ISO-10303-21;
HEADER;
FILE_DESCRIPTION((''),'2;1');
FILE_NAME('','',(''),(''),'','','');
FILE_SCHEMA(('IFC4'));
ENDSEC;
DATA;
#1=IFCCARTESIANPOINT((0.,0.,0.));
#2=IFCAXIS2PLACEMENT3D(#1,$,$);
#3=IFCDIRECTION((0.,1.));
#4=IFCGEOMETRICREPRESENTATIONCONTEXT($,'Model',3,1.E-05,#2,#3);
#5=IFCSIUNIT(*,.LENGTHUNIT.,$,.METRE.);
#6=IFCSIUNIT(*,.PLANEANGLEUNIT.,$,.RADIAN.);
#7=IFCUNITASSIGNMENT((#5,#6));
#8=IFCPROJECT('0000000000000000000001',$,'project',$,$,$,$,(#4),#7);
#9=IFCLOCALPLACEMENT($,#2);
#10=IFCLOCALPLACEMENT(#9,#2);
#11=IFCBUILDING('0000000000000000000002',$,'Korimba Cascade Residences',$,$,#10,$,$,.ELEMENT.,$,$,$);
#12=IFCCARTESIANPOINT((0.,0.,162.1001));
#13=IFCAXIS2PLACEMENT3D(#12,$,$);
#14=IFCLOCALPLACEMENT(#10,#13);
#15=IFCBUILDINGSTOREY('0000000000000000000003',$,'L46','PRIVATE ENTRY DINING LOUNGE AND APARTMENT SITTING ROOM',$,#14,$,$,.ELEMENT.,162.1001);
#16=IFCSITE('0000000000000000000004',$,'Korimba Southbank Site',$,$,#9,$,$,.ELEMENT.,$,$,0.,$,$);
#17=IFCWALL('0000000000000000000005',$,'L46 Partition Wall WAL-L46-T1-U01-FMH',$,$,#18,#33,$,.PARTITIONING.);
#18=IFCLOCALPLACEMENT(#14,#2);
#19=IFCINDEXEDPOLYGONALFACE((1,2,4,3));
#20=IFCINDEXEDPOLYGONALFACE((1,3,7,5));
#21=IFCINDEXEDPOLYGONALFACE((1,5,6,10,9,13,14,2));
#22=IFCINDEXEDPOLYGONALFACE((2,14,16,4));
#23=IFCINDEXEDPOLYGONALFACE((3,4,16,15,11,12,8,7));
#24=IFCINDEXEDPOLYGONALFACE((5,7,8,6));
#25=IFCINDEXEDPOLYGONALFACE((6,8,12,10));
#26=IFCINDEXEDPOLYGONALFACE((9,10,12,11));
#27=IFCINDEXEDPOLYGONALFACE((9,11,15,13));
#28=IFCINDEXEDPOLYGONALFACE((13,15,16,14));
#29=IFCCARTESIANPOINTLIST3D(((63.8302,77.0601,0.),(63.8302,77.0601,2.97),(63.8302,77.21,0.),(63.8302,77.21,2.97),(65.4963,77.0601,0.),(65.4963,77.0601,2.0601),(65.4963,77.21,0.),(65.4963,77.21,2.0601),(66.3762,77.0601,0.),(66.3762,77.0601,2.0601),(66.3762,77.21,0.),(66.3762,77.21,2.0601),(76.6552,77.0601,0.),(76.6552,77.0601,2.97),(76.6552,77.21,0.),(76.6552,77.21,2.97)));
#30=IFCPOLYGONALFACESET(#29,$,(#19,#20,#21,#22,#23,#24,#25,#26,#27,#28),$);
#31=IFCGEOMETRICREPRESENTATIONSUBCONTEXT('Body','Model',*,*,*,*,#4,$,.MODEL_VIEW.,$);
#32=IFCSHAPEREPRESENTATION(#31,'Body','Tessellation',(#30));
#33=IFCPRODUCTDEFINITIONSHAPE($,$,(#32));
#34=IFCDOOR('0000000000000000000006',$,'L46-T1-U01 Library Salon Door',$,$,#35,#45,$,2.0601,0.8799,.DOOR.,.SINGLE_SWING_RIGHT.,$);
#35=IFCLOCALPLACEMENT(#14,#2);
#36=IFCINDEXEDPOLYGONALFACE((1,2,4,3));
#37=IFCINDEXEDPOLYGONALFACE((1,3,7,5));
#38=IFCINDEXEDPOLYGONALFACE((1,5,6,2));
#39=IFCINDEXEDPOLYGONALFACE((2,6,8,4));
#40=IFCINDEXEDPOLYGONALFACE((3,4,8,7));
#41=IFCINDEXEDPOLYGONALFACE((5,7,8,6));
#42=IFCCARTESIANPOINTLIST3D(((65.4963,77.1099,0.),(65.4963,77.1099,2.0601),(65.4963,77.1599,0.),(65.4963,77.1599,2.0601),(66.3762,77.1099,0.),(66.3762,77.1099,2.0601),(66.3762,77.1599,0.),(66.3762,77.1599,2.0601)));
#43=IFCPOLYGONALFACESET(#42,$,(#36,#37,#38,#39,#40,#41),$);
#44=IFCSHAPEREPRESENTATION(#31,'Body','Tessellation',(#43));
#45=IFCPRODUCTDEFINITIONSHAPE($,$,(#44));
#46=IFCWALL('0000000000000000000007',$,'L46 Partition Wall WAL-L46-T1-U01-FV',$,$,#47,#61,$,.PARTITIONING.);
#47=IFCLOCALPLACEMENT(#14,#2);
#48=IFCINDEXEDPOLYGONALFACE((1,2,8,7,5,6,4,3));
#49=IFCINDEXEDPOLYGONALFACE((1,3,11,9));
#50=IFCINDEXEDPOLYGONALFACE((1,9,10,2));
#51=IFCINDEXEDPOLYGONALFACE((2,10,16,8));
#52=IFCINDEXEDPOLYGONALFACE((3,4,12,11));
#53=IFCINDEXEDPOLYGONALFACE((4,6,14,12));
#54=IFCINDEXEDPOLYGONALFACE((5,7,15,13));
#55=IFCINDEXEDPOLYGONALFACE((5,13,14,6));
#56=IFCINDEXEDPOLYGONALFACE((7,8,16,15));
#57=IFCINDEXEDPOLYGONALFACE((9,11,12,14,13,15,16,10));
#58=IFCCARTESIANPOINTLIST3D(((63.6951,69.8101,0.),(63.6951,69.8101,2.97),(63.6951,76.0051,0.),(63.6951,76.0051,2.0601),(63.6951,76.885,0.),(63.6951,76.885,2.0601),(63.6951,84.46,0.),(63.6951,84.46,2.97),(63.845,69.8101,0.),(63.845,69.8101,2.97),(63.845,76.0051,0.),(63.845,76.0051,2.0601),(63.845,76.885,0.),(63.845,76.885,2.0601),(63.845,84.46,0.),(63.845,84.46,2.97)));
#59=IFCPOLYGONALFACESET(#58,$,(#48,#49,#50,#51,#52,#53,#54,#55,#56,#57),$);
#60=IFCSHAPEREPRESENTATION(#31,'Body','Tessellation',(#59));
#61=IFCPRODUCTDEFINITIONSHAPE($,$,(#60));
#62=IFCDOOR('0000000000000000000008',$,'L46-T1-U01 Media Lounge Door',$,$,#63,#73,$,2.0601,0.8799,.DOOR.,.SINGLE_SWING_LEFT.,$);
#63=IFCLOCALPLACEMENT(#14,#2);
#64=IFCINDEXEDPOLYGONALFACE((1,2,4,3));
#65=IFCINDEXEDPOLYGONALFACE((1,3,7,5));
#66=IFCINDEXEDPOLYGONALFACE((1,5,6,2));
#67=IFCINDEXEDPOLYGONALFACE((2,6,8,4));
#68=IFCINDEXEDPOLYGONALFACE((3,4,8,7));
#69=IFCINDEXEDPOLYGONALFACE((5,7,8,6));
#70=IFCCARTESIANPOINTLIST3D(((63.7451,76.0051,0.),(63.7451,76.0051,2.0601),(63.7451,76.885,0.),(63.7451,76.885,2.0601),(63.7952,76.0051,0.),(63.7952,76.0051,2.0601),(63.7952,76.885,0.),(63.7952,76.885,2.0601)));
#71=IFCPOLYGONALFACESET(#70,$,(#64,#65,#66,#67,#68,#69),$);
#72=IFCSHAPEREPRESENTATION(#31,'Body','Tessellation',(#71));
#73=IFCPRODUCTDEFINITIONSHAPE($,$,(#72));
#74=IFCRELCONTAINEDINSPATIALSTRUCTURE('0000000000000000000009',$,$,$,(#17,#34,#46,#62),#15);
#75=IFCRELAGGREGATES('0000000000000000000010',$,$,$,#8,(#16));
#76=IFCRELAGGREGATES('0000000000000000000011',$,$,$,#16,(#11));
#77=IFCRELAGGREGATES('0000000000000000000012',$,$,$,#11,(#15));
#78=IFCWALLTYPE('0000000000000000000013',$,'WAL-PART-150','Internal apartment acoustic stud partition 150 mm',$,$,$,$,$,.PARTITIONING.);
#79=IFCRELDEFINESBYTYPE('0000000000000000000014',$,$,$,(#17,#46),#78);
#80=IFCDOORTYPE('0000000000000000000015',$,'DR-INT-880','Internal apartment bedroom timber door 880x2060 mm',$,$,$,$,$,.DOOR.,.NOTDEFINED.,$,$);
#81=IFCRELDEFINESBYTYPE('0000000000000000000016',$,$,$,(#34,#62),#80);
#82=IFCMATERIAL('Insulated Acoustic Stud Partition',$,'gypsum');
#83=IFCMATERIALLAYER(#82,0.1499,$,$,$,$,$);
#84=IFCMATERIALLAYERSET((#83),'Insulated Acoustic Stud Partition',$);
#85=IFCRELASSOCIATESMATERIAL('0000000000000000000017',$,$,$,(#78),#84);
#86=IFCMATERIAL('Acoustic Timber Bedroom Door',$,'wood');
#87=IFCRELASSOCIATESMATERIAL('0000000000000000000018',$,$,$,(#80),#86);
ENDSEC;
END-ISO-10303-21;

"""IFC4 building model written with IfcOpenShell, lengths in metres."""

from ifc_helpers import new_model, si_unit, direction, frame, frame_2d, origin, place, context, subcontext, project, spatial, rectangle, extrude, material, layer, layer_set, type_object, element, fill, save


model = new_model("IFC4")

# Units and contexts
model_context = context("Model", 3, precision=1e-05, world=origin(), true_north=direction((0.0, 1.0)))
body_context = subcontext(model_context, "Body", "Model", "MODEL_VIEW")
ifc_project = project(units=[si_unit("LENGTHUNIT", "METRE"), si_unit("PLANEANGLEUNIT", "RADIAN")], contexts=[model_context])

# Site, building, storey
site_placement = place(None, origin())
site = spatial("IfcSite", under=ifc_project, at=site_placement, Name="Korimba Southbank Site", CompositionType="ELEMENT", RefElevation=0.0)
building_placement = place(site_placement, origin())
building = spatial("IfcBuilding", under=site, at=building_placement, Name="Korimba Cascade Residences", CompositionType="ELEMENT")
storey_placement = place(building_placement, frame((0.0, 0.0, 162.1001)))
storey = spatial("IfcBuildingStorey", under=building, at=storey_placement, Name="L46", Description="PRIVATE ENTRY DINING LOUNGE AND APARTMENT SITTING ROOM", CompositionType="ELEMENT", Elevation=162.1001)

# Shared definitions
ifc_material_1 = material(Name="Insulated Acoustic Stud Partition", Category="gypsum")
ifc_layer_1 = layer(ifc_material_1, 0.1499)
ifc_layer_set_1 = layer_set([ifc_layer_1], Name="Insulated Acoustic Stud Partition")
wall_type_1 = type_object("IfcWallType", Name="WAL-PART-150", Description="Internal apartment acoustic stud partition 150 mm", PredefinedType="PARTITIONING", material=ifc_layer_set_1)
ifc_material_2 = material(Name="Acoustic Timber Bedroom Door", Category="wood")
door_type_1 = type_object("IfcDoorType", Name="DR-INT-880", Description="Internal apartment bedroom timber door 880x2060 mm", OperationType="NOTDEFINED", PredefinedType="DOOR", material=ifc_material_2)

# Walls, openings, doors
wall_1_placement = place(storey_placement, frame((63.8301, 77.135, 0.0), z_axis=(0.0, 0.0, 1.0), x_axis=(1.0, 0.0, 0.0)))
wall_1 = element("IfcWall", 1, at=wall_1_placement, inside=storey, type_object=wall_type_1, Name="L46 Partition Wall WAL-L46-T1-U01-FMH", PredefinedType="PARTITIONING", context=body_context, shape_type="SweptSolid", body=[
    extrude(rectangle(XDim=12.825, YDim=0.1499, at=frame_2d((6.4126, 0.0))), origin(), (0.0, 0.0, 1.0), 2.97),
])
opening_1_placement = place(wall_1_placement, frame((1.6663, 0.0, 0.0)))
opening_1 = element("IfcOpeningElement", 2, at=opening_1_placement, cuts=wall_1, PredefinedType="OPENING", context=body_context, shape_type="SweptSolid", body=[
    extrude(rectangle(XDim=0.8799, YDim=2.0601, at=frame_2d((0.4399, 1.03))), frame((0.0, 0.085, 0.0), z_axis=(0.0, -1.0, 0.0), x_axis=(1.0, 0.0, 0.0)), (0.0, 0.0, 1.0), 0.1699),
])
door_1_placement = place(opening_1_placement, origin())
door_1 = element("IfcDoor", 3, at=door_1_placement, inside=storey, type_object=door_type_1, Name="L46-T1-U01 Library Salon Door", OperationType="SINGLE_SWING_RIGHT", OverallHeight=2.0601, OverallWidth=0.8799, PredefinedType="DOOR", context=body_context, shape_type="SweptSolid", body=[
    extrude(rectangle(XDim=0.8799, YDim=2.0601, at=frame_2d((0.4399, 1.03))), frame((0.0, 0.0249, 0.0), z_axis=(0.0, -1.0, 0.0), x_axis=(1.0, 0.0, 0.0)), (0.0, 0.0, 1.0), 0.05),
])
fill(opening_1, door_1)
wall_2_placement = place(storey_placement, frame((63.77, 69.8101, 0.0), z_axis=(0.0, 0.0, 1.0), x_axis=(0.0, 1.0, 0.0)))
wall_2 = element("IfcWall", 4, at=wall_2_placement, inside=storey, type_object=wall_type_1, Name="L46 Partition Wall WAL-L46-T1-U01-FV", PredefinedType="PARTITIONING", context=body_context, shape_type="SweptSolid", body=[
    extrude(rectangle(XDim=14.6499, YDim=0.1499, at=frame_2d((7.325, 0.0))), origin(), (0.0, 0.0, 1.0), 2.97),
])
opening_2_placement = place(wall_2_placement, frame((6.1951, 0.0, 0.0)))
opening_2 = element("IfcOpeningElement", 5, at=opening_2_placement, cuts=wall_2, PredefinedType="OPENING", context=body_context, shape_type="SweptSolid", body=[
    extrude(rectangle(XDim=0.8799, YDim=2.0601, at=frame_2d((0.4399, 1.03))), frame((0.0, 0.085, 0.0), z_axis=(0.0, -1.0, 0.0), x_axis=(1.0, 0.0, 0.0)), (0.0, 0.0, 1.0), 0.1699),
])
door_2_placement = place(opening_2_placement, origin())
door_2 = element("IfcDoor", 6, at=door_2_placement, inside=storey, type_object=door_type_1, Name="L46-T1-U01 Media Lounge Door", OperationType="SINGLE_SWING_LEFT", OverallHeight=2.0601, OverallWidth=0.8799, PredefinedType="DOOR", context=body_context, shape_type="SweptSolid", body=[
    extrude(rectangle(XDim=0.8799, YDim=2.0601, at=frame_2d((0.4399, 1.03))), frame((0.0, 0.0249, 0.0), z_axis=(0.0, -1.0, 0.0), x_axis=(1.0, 0.0, 0.0)), (0.0, 0.0, 1.0), 0.05),
])
fill(opening_2, door_2)

save(model, "model.ifc")
